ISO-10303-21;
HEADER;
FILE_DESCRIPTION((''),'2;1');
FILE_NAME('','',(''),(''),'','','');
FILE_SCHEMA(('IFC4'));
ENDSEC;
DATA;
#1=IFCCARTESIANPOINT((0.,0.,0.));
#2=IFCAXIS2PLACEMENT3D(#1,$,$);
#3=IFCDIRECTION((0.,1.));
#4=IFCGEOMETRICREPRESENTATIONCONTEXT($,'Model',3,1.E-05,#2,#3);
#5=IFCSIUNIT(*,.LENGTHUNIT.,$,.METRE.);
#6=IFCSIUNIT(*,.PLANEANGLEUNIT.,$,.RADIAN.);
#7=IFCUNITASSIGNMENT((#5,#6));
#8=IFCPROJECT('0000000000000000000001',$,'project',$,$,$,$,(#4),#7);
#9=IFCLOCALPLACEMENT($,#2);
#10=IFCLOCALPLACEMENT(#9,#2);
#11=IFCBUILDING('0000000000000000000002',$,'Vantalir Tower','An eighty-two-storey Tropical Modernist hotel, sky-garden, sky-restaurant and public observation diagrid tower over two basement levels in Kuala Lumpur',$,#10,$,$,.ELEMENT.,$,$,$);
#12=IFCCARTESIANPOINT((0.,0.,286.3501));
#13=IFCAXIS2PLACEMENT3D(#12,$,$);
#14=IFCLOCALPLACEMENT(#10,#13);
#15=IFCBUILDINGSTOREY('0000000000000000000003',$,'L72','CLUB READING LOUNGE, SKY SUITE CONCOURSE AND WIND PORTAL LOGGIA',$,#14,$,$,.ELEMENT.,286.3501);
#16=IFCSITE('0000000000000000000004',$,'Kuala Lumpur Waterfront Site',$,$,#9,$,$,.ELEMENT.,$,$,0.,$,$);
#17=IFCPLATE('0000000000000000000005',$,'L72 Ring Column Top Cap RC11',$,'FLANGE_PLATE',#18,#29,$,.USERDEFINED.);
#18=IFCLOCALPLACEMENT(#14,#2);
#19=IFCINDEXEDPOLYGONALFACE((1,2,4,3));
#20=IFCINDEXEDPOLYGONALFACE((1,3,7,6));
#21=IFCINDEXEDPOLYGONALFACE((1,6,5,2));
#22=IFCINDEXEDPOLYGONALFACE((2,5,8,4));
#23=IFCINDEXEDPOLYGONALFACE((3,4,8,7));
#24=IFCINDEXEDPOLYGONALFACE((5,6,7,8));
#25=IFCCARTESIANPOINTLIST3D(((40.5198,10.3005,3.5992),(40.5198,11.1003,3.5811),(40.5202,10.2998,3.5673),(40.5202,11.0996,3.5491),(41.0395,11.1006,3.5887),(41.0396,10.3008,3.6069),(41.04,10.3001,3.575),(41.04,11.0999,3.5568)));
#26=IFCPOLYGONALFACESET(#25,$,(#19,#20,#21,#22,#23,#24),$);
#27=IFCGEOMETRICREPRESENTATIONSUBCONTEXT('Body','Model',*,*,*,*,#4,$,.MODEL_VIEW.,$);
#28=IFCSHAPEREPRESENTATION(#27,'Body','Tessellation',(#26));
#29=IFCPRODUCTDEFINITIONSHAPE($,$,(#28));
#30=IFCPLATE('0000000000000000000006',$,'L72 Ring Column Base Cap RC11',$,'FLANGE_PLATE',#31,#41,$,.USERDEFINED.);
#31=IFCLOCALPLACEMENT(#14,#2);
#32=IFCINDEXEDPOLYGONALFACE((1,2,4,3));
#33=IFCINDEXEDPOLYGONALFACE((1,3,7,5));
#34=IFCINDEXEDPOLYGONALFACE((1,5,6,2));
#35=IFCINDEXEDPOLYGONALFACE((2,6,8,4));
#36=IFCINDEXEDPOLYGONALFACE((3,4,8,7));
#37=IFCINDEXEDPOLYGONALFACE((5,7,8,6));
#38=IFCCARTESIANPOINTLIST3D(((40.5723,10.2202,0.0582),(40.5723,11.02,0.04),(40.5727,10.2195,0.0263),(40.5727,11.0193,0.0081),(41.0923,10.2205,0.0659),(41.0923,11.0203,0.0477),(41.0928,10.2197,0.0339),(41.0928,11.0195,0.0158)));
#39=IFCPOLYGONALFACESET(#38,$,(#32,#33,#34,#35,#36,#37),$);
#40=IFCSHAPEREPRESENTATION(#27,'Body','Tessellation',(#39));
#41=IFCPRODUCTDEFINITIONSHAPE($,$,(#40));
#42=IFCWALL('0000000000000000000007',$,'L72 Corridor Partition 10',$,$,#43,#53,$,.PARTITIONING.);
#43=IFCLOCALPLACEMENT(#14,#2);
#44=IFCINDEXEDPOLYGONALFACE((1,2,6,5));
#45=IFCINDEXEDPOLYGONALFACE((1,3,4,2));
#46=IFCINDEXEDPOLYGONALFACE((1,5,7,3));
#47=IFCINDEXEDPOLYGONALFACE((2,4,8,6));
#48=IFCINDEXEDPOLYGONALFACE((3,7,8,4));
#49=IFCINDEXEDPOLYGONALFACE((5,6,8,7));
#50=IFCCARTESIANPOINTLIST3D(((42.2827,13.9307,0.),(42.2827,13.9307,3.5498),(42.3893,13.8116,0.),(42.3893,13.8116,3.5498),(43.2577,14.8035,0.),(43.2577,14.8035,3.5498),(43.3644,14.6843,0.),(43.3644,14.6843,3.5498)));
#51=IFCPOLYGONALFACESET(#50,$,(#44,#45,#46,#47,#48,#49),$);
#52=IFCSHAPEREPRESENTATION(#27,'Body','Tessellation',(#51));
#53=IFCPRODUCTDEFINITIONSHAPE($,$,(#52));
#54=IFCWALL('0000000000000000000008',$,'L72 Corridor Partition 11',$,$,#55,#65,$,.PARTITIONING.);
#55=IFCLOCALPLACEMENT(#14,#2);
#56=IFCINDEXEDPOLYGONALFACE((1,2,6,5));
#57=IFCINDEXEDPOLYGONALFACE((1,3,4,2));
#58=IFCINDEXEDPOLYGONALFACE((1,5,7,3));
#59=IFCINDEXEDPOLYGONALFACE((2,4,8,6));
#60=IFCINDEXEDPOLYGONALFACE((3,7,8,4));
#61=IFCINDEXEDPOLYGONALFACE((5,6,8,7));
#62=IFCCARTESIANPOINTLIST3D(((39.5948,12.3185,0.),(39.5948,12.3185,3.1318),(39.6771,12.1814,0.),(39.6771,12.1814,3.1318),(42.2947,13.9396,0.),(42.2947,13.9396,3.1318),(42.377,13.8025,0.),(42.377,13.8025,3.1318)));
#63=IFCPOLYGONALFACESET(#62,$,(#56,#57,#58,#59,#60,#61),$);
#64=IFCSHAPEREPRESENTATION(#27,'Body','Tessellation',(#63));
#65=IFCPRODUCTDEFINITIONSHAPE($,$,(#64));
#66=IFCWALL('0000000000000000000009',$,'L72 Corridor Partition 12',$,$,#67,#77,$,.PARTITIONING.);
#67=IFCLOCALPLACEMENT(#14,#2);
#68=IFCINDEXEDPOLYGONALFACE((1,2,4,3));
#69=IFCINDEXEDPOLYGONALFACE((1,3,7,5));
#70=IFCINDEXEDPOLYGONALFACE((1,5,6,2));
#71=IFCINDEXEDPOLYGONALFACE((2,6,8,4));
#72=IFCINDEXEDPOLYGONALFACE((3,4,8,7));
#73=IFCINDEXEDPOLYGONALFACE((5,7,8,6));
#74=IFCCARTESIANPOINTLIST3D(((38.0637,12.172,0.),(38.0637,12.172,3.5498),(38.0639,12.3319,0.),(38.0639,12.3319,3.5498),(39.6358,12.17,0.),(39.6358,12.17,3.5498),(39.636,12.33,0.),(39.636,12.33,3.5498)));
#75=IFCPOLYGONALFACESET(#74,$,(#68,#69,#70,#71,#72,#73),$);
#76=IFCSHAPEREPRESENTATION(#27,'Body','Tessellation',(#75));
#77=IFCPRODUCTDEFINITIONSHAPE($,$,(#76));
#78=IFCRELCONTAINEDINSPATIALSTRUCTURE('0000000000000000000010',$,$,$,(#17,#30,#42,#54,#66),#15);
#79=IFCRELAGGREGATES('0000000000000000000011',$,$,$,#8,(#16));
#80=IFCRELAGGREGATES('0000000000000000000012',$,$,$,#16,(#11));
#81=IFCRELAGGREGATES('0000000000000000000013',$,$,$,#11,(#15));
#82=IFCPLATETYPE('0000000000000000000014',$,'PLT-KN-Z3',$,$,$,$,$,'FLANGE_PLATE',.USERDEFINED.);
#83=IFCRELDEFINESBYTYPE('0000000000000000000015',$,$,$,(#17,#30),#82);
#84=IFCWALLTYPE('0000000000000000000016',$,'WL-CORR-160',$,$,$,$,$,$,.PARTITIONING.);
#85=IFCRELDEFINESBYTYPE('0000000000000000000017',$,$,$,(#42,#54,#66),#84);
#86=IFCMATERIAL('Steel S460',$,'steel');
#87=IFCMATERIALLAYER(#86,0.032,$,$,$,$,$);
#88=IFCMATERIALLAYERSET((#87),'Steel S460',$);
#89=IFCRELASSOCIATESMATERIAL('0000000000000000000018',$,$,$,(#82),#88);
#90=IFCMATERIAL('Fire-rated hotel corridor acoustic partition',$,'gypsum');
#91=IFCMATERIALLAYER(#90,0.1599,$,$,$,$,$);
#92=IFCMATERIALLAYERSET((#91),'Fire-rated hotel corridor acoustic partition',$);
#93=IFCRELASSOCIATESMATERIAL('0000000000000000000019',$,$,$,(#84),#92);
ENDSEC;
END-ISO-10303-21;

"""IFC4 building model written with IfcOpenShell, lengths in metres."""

from ifc_helpers import new_model, si_unit, direction, frame, frame_2d, origin, place, context, subcontext, project, spatial, polyline, rectangle, outline, extrude, material, layer, layer_set, type_object, element, save


model = new_model("IFC4")

# Units and contexts
model_context = context("Model", 3, precision=1e-05, world=origin(), true_north=direction((0.0, 1.0)))
body_context = subcontext(model_context, "Body", "Model", "MODEL_VIEW")
ifc_project = project(units=[si_unit("LENGTHUNIT", "METRE"), si_unit("PLANEANGLEUNIT", "RADIAN")], contexts=[model_context])

# Site, building, storey
site_placement = place(None, origin())
site = spatial("IfcSite", under=ifc_project, at=site_placement, Name="Kuala Lumpur Waterfront Site", CompositionType="ELEMENT", RefElevation=0.0)
building_placement = place(site_placement, origin())
building = spatial("IfcBuilding", under=site, at=building_placement, Name="Vantalir Tower", Description="An eighty-two-storey Tropical Modernist hotel, sky-garden, sky-restaurant and public observation diagrid tower over two basement levels in Kuala Lumpur", CompositionType="ELEMENT")
storey_placement = place(building_placement, frame((0.0, 0.0, 286.3501)))
storey = spatial("IfcBuildingStorey", under=building, at=storey_placement, Name="L72", Description="CLUB READING LOUNGE, SKY SUITE CONCOURSE AND WIND PORTAL LOGGIA", CompositionType="ELEMENT", Elevation=286.3501)

# Shared definitions
ifc_material_1 = material(Name="Steel S460", Category="steel")

# Plates
ifc_layer_1 = layer(ifc_material_1, 0.032)
ifc_layer_set_1 = layer_set([ifc_layer_1], Name="Steel S460")
plate_type_1 = type_object("IfcPlateType", Name="PLT-KN-Z3", ElementType="FLANGE_PLATE", PredefinedType="USERDEFINED", material=ifc_layer_set_1)
plate_1_placement = place(storey_placement, frame((40.5198, 11.1003, 3.5811), z_axis=(-0.014801, 0.022733, 0.999632), x_axis=(-0.000002, -0.999742, 0.022735)))
element("IfcPlate", 1, at=plate_1_placement, inside=storey, type_object=plate_type_1, Name="L72 Ring Column Top Cap RC11", ObjectType="FLANGE_PLATE", PredefinedType="USERDEFINED", context=body_context, shape_type="SweptSolid", body=[
    extrude(outline(polyline([(0.0, 0.0), (0.8, 0.0), (0.7999, 0.5198), (-0.0001, 0.5198), (0.0, 0.0)])), origin(), (0.0, 0.0, -1.0), 0.032),
])
plate_2_placement = place(storey_placement, frame((40.5723, 11.02, 0.04), z_axis=(-0.014794, 0.022733, 0.999632), x_axis=(-0.000002, -0.999742, 0.022735)))
element("IfcPlate", 2, at=plate_2_placement, inside=storey, type_object=plate_type_1, Name="L72 Ring Column Base Cap RC11", ObjectType="FLANGE_PLATE", PredefinedType="USERDEFINED", context=body_context, shape_type="SweptSolid", body=[
    extrude(outline(polyline([(0.0, 0.0), (0.8, 0.0), (0.7999, 0.5201), (-0.0001, 0.5201), (0.0, 0.0)])), origin(), (0.0, 0.0, -1.0), 0.032),
])

# Walls
ifc_material_2 = material(Name="Fire-rated hotel corridor acoustic partition", Category="gypsum")
ifc_layer_2 = layer(ifc_material_2, 0.1599)
ifc_layer_set_2 = layer_set([ifc_layer_2], Name="Fire-rated hotel corridor acoustic partition")
wall_type = type_object("IfcWallType", Name="WL-CORR-160", PredefinedType="PARTITIONING", material=ifc_layer_set_2)
wall_1_placement = place(storey_placement, frame((43.311, 14.7439, 0.0), z_axis=(0.0, 0.0, 1.0), x_axis=(-0.74511, -0.666942, 0.0)))
element("IfcWall", 3, at=wall_1_placement, inside=storey, type_object=wall_type, Name="L72 Corridor Partition 10", PredefinedType="PARTITIONING", context=body_context, shape_type="SweptSolid", body=[
    extrude(rectangle(XDim=1.3086, YDim=0.1599, at=frame_2d((0.6543, 0.0))), origin(), (0.0, 0.0, 1.0), 3.5498),
])
wall_2_placement = place(storey_placement, frame((42.3359, 13.8711, 0.0), z_axis=(0.0, 0.0, 1.0), x_axis=(-0.857336, -0.514758, 0.0)))
element("IfcWall", 4, at=wall_2_placement, inside=storey, type_object=wall_type, Name="L72 Corridor Partition 11", PredefinedType="PARTITIONING", context=body_context, shape_type="SweptSolid", body=[
    extrude(rectangle(XDim=3.1492, YDim=0.1599, at=frame_2d((1.5747, 0.0))), origin(), (0.0, 0.0, 1.0), 3.1318),
])
wall_3_placement = place(storey_placement, frame((39.636, 12.25, 0.0), z_axis=(0.0, 0.0, 1.0), x_axis=(-0.999999, 0.001242, 0.0)))
element("IfcWall", 5, at=wall_3_placement, inside=storey, type_object=wall_type, Name="L72 Corridor Partition 12", PredefinedType="PARTITIONING", context=body_context, shape_type="SweptSolid", body=[
    extrude(rectangle(XDim=1.572, YDim=0.1599, at=frame_2d((0.7861, 0.0))), origin(), (0.0, 0.0, 1.0), 3.5498),
])

save(model, "model.ifc")
